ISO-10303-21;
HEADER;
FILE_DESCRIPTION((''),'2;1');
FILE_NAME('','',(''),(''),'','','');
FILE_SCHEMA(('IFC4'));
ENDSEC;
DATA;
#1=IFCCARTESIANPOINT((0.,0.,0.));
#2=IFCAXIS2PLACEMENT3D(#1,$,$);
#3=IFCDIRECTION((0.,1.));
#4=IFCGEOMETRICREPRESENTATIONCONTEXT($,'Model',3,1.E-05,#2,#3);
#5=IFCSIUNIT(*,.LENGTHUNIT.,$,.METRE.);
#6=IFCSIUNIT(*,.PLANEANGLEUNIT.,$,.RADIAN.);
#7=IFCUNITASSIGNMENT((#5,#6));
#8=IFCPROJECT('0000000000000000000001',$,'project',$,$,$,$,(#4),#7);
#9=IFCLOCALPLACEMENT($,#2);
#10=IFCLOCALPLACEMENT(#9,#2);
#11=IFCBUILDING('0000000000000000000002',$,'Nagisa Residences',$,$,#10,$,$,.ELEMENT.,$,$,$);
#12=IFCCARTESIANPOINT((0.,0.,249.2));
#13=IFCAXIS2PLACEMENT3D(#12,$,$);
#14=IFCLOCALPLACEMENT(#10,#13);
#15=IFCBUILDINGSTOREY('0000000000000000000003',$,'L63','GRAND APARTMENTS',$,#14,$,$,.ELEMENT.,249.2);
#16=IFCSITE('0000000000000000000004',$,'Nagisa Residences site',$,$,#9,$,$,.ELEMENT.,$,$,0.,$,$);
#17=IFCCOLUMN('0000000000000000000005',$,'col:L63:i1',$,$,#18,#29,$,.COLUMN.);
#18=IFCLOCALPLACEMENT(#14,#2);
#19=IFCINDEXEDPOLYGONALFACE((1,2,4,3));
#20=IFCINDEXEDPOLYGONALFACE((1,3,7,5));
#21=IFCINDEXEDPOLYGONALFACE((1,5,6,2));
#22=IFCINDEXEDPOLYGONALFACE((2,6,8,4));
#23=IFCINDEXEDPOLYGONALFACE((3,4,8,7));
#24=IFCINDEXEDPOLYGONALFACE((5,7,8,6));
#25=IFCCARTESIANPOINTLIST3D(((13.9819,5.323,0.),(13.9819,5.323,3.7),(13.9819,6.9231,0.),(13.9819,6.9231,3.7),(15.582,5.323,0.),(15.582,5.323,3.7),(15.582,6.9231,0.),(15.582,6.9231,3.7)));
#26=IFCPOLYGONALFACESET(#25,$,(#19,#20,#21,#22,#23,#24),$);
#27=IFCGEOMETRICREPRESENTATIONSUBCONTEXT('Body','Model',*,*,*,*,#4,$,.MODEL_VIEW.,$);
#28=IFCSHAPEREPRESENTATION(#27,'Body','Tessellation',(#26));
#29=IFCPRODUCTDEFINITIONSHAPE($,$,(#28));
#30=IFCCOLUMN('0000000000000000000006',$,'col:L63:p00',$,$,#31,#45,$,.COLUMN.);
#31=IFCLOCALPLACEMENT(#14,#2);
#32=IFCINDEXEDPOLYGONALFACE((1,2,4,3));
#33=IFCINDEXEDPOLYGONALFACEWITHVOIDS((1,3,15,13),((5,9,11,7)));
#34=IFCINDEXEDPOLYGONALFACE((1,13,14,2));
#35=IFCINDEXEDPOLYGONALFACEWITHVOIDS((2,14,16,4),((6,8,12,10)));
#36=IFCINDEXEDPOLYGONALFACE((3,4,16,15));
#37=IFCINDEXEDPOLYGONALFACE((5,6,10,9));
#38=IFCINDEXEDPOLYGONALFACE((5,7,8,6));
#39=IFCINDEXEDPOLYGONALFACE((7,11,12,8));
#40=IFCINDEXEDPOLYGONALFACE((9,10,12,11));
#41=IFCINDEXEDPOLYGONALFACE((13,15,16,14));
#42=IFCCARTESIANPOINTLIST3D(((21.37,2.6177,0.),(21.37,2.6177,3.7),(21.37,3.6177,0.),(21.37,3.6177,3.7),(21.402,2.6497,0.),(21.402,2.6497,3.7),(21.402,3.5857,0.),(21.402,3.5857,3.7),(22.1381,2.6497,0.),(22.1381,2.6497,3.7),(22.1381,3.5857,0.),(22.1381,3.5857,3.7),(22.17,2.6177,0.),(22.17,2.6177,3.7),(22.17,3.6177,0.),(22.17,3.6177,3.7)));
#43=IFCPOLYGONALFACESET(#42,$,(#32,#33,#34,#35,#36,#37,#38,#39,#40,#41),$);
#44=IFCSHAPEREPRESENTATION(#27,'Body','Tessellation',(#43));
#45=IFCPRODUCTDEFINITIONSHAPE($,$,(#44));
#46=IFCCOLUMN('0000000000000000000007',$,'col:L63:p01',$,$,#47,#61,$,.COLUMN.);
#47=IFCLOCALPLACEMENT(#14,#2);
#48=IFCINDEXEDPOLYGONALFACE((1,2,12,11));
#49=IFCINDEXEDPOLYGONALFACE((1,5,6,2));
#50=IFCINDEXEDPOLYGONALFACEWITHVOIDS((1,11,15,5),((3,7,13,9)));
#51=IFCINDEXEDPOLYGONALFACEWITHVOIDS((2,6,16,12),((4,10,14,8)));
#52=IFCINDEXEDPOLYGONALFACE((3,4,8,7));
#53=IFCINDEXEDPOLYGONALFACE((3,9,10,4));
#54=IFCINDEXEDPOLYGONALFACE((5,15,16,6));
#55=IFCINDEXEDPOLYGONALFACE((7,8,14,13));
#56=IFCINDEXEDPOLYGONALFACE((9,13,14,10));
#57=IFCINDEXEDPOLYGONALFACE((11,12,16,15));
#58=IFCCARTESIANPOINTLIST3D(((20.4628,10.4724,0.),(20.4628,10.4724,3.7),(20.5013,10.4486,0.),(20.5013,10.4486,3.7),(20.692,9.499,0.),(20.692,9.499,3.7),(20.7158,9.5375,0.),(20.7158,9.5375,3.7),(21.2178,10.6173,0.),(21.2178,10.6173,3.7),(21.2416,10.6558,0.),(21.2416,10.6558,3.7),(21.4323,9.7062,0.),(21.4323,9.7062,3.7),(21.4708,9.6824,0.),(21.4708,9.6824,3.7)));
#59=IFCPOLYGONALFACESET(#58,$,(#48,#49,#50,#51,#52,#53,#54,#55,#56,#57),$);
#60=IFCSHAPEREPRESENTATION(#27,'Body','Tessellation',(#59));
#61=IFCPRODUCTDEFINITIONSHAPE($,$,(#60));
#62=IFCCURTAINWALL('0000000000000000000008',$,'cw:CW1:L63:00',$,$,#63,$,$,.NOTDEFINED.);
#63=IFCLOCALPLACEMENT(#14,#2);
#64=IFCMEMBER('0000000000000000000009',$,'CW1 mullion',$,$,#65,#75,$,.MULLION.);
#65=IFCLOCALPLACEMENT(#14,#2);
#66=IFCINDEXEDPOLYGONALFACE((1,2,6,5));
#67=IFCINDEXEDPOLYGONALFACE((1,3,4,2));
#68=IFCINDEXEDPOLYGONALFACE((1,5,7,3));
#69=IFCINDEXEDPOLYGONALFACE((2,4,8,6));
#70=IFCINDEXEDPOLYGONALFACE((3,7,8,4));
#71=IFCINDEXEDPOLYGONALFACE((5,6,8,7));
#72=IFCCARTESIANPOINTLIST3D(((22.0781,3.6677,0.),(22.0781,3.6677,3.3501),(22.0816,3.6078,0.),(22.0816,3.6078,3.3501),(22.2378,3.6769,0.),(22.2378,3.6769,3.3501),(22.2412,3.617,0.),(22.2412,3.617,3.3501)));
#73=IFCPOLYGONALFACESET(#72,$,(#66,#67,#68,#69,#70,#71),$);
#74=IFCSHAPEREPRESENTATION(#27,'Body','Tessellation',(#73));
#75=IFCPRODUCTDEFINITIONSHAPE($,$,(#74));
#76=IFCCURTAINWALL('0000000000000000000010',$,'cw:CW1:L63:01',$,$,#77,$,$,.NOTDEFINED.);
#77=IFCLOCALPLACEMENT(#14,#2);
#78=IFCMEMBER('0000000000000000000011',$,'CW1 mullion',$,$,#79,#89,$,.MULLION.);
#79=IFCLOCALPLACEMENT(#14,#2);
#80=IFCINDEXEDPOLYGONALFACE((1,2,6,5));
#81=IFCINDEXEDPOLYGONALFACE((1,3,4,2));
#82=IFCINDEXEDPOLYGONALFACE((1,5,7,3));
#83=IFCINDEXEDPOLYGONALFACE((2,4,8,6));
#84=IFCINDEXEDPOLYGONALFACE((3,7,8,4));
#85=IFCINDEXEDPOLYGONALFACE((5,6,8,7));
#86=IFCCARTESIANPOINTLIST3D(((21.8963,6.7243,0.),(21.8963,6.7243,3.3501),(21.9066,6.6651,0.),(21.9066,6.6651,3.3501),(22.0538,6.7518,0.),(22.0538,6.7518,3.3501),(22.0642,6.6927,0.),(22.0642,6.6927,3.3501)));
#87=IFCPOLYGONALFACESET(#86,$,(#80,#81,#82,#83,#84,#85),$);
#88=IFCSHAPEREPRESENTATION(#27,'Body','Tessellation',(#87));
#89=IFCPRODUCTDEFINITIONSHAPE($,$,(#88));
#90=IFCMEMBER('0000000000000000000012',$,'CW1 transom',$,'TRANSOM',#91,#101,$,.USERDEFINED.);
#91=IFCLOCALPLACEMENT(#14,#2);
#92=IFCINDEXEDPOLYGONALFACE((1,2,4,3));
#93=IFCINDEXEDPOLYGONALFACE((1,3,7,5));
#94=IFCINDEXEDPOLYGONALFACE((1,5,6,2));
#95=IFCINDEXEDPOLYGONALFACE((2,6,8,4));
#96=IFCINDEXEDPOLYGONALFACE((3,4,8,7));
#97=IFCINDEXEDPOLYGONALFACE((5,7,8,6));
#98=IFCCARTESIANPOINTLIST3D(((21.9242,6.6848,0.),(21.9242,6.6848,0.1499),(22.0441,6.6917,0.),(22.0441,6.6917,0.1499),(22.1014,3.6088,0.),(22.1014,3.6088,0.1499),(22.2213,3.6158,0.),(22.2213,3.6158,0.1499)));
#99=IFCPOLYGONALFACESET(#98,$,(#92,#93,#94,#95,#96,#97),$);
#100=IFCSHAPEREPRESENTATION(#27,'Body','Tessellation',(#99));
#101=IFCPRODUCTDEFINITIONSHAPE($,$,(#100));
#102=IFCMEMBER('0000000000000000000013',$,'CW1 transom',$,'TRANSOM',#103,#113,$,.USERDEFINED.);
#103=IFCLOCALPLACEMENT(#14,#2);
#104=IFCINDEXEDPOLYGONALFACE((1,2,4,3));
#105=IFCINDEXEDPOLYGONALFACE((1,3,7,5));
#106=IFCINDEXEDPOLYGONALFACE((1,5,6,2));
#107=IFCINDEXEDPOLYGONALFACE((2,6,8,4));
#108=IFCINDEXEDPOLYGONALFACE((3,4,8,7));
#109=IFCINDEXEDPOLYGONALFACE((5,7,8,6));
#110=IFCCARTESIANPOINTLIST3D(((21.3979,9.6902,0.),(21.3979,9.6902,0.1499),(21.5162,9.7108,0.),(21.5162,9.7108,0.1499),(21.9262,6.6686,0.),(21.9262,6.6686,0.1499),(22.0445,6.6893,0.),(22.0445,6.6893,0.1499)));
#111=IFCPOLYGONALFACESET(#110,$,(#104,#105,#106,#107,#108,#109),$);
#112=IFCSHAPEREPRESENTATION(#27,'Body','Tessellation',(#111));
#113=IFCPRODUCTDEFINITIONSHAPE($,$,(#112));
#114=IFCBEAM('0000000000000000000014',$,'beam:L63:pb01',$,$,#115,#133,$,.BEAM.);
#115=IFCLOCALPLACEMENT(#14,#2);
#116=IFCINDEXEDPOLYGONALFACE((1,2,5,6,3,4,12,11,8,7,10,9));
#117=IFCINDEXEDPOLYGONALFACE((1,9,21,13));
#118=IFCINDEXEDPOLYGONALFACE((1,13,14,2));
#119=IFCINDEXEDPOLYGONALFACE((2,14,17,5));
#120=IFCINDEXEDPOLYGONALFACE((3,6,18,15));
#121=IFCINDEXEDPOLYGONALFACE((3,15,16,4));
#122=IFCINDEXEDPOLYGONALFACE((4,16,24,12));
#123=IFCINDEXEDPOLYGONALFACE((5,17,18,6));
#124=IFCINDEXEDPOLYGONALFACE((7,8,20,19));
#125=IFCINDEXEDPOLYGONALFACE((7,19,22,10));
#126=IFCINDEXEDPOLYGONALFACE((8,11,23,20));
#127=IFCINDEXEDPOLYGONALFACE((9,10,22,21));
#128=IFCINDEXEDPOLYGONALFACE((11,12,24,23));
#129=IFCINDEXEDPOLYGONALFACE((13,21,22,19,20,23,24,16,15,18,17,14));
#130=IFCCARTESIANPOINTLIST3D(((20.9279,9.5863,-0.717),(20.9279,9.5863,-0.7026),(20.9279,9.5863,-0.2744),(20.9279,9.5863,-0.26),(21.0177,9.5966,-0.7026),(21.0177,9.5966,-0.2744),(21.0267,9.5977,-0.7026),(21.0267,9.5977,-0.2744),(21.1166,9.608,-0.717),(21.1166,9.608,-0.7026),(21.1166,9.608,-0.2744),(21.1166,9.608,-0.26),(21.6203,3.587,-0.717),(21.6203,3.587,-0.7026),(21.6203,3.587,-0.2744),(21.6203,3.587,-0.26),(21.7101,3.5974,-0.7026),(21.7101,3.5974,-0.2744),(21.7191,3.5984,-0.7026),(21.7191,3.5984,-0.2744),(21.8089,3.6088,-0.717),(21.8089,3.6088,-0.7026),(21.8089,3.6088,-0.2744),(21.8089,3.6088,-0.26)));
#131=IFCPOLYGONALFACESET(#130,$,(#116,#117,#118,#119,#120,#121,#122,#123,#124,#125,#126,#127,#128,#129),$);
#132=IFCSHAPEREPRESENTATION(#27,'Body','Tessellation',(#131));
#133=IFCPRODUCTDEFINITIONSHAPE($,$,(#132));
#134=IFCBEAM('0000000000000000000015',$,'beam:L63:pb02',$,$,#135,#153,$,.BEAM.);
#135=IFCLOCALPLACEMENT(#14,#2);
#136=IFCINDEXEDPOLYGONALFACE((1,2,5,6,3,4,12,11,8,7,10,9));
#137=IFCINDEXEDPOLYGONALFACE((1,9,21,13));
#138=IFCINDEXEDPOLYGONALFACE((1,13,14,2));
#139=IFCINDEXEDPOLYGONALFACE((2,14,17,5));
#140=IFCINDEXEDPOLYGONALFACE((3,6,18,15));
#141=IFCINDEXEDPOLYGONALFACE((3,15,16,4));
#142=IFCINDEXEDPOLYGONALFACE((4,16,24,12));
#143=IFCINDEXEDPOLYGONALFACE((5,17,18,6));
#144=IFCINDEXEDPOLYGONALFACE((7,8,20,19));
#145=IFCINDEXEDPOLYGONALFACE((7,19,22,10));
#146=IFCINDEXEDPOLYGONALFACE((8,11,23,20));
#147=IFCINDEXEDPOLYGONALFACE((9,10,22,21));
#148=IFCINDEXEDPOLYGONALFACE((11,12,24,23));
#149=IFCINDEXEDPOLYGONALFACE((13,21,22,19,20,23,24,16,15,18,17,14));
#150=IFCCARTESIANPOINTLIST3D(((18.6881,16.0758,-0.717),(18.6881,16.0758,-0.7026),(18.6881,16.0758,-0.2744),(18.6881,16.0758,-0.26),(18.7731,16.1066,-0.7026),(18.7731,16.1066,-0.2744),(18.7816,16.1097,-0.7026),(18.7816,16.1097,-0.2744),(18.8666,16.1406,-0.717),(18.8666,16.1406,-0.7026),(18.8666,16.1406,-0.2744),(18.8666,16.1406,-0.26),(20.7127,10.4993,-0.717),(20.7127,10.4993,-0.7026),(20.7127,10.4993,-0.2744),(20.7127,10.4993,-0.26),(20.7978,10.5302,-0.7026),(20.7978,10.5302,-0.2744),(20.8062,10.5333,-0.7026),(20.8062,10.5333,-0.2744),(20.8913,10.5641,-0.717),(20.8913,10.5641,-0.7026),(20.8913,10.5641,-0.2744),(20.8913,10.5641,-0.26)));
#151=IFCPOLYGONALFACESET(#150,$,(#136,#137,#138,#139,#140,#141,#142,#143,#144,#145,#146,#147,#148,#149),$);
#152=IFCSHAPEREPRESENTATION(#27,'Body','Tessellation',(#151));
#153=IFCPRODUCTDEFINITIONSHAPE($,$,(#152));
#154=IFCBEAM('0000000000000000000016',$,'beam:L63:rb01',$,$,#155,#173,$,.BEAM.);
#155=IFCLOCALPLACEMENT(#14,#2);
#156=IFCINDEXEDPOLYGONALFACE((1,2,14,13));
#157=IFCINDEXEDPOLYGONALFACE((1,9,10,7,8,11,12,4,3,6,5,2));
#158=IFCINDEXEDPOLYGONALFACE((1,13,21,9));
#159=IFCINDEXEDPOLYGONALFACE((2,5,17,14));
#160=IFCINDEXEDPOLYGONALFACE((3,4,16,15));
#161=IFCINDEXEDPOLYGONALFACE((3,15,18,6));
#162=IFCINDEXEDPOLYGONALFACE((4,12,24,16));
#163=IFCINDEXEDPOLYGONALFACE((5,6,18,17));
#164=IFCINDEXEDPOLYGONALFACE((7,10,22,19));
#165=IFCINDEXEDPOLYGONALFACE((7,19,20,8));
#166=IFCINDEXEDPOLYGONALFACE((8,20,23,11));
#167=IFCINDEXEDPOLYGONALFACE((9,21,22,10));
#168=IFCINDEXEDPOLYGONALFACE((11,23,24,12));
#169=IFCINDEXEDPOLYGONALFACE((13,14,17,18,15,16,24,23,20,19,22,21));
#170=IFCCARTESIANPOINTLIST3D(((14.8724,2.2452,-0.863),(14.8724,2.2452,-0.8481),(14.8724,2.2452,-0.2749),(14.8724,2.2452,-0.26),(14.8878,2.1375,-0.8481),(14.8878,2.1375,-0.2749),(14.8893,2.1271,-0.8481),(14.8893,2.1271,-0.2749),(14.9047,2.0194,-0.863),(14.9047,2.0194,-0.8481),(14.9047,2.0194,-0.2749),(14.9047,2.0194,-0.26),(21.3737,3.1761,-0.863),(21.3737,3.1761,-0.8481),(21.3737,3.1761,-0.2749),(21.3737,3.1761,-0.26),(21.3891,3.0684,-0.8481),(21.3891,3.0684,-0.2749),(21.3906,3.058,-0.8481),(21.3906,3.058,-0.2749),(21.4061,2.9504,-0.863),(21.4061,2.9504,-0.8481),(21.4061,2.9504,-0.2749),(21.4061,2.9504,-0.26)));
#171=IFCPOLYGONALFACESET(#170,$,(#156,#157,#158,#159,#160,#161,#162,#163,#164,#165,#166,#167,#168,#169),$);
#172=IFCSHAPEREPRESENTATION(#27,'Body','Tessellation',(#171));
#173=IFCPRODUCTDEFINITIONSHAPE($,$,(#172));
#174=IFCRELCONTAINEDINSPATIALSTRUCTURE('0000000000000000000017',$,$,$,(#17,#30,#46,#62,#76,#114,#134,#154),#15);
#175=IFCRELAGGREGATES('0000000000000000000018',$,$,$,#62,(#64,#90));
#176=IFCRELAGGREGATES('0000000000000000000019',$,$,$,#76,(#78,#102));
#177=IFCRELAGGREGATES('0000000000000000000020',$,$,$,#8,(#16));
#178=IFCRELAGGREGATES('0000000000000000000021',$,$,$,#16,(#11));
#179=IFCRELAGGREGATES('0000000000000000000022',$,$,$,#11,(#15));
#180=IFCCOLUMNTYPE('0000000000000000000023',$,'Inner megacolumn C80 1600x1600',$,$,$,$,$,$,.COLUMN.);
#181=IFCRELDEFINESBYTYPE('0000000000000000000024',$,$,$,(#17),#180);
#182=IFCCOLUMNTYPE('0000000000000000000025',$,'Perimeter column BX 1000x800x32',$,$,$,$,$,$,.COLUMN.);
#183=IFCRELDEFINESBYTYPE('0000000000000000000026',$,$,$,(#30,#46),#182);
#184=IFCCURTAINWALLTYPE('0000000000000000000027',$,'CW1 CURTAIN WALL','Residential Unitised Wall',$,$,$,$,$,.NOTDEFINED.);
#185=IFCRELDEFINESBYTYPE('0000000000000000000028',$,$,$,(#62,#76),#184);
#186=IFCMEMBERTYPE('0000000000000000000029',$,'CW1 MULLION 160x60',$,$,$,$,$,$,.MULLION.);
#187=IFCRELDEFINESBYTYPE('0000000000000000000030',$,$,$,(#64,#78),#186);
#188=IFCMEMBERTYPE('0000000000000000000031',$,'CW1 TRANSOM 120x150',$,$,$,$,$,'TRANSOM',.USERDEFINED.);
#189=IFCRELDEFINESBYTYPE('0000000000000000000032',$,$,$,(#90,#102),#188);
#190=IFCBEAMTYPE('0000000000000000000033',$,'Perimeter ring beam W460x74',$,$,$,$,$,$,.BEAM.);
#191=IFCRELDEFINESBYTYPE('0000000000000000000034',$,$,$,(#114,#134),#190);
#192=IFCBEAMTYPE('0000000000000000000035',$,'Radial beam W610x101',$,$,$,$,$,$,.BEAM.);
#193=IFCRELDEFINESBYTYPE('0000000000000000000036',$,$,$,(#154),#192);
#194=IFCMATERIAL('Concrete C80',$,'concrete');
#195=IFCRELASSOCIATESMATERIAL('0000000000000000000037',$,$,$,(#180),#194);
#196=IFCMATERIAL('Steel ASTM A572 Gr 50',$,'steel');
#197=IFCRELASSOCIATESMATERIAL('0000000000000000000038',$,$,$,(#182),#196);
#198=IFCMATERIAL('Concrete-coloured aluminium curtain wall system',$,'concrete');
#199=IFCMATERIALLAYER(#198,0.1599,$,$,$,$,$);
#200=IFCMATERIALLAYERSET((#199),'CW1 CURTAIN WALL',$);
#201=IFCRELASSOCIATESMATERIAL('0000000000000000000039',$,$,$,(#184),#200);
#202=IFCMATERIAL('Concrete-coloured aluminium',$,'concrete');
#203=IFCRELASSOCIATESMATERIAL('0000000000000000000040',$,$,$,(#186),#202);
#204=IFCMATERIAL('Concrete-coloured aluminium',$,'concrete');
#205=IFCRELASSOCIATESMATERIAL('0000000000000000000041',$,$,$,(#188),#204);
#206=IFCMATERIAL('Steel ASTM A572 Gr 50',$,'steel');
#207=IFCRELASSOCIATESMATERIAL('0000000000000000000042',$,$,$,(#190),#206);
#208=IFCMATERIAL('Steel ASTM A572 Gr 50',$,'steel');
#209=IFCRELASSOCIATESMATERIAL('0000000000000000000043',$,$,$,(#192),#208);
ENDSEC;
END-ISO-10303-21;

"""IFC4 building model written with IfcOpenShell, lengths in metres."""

from ifc_helpers import new_model, si_unit, direction, frame, origin, origin_2d, place, context, subcontext, project, spatial, rectangle, hollow_rectangle, i_section, extrude, material, layer, layer_set, material_profile, profile_set, type_object, element, aggregate, save


model = new_model("IFC4")

# Units and contexts
model_context = context("Model", 3, precision=1e-05, world=origin(), true_north=direction((0.0, 1.0)))
body_context = subcontext(model_context, "Body", "Model", "MODEL_VIEW")
ifc_project = project(units=[si_unit("LENGTHUNIT", "METRE"), si_unit("PLANEANGLEUNIT", "RADIAN")], contexts=[model_context])

# Site, building, storey
site_placement = place(None, origin())
site = spatial("IfcSite", under=ifc_project, at=site_placement, Name="Nagisa Residences site", CompositionType="ELEMENT", RefElevation=0.0)
building_placement = place(site_placement, origin())
building = spatial("IfcBuilding", under=site, at=building_placement, Name="Nagisa Residences", CompositionType="ELEMENT")
storey_placement = place(building_placement, frame((0.0, 0.0, 249.2)))
storey = spatial("IfcBuildingStorey", under=building, at=storey_placement, Name="L63", Description="GRAND APARTMENTS", CompositionType="ELEMENT", Elevation=249.2)

# Columns
ifc_material_1 = material(Name="Concrete C80", Category="concrete")
ifc_material_profile_1 = material_profile(ifc_material_1, rectangle(XDim=1.6001, YDim=1.6001, at=origin_2d()), Name="C80 1600x1600")
ifc_profile_set_1 = profile_set([ifc_material_profile_1], Name="Concrete C80")
column_type_1 = type_object("IfcColumnType", Name="Inner megacolumn C80 1600x1600", PredefinedType="COLUMN", material=ifc_profile_set_1)
column_placement = place(storey_placement, frame((14.782, 6.123, 0.0), z_axis=(0.0, 0.0, 1.0), x_axis=(1.0, 0.0, 0.0)))
element("IfcColumn", 1, at=column_placement, inside=storey, type_object=column_type_1, Name="col:L63:i1", PredefinedType="COLUMN", context=body_context, shape_type="SweptSolid", body=[
    extrude(rectangle(XDim=1.6001, YDim=1.6001, at=origin_2d()), origin(), (0.0, 0.0, 1.0), 3.7),
])
ifc_material_2 = material(Name="Steel ASTM A572 Gr 50", Category="steel")
ifc_material_profile_2 = material_profile(ifc_material_2, hollow_rectangle(XDim=1.0, YDim=0.8, WallThickness=0.032, at=origin_2d()), Name="BX 1000x800x32")
ifc_profile_set_2 = profile_set([ifc_material_profile_2], Name="Steel ASTM A572 Gr 50")
column_type_2 = type_object("IfcColumnType", Name="Perimeter column BX 1000x800x32", PredefinedType="COLUMN", material=ifc_profile_set_2)
for number, where, z_axis, x_axis, name in (
    (2, (21.77, 3.1177, 0.0), (0.0, 0.0, 1.0), (0.0, 1.0, 0.0), "col:L63:p00"),
    (3, (20.9668, 10.0774, 0.0), (0.0, 0.0, 1.0), (-0.229202, 0.973379, 0.0), "col:L63:p01"),
):
    element("IfcColumn", number, at=place(storey_placement, frame(where, z_axis=z_axis, x_axis=x_axis)), inside=storey, type_object=column_type_2, Name=name, PredefinedType="COLUMN", context=body_context, shape_type="SweptSolid", body=[
        extrude(hollow_rectangle(XDim=1.0, YDim=0.8, WallThickness=0.032, at=origin_2d()), origin(), (0.0, 0.0, 1.0), 3.7),
    ])

# Curtain walls, members
ifc_material_3 = material(Name="Concrete-coloured aluminium curtain wall system", Category="concrete")
ifc_layer_1 = layer(ifc_material_3, 0.1599)
ifc_layer_set_1 = layer_set([ifc_layer_1], Name="CW1 CURTAIN WALL")
curtain_wall_type = type_object("IfcCurtainWallType", Name="CW1 CURTAIN WALL", Description="Residential Unitised Wall", PredefinedType="NOTDEFINED", material=ifc_layer_set_1)
curtain_wall_1_placement = place(storey_placement, origin())
curtain_wall_1 = element("IfcCurtainWall", 4, at=curtain_wall_1_placement, inside=storey, type_object=curtain_wall_type, Name="cw:CW1:L63:00", PredefinedType="NOTDEFINED")
ifc_material_4 = material(Name="Concrete-coloured aluminium", Category="concrete")
ifc_material_profile_3 = material_profile(ifc_material_4, rectangle(XDim=0.1599, YDim=0.0601, at=origin_2d()), Name="CW1 MULLION 160x60")
ifc_profile_set_3 = profile_set([ifc_material_profile_3], Name="Concrete-coloured aluminium")
member_type_1 = type_object("IfcMemberType", Name="CW1 MULLION 160x60", PredefinedType="MULLION", material=ifc_profile_set_3)
member_1_placement = place(storey_placement, frame((22.1597, 3.6423, 0.0), z_axis=(0.0, 0.0, 1.0), x_axis=(-0.998345, -0.057503, 0.0)))
member_1 = element("IfcMember", 5, at=member_1_placement, type_object=member_type_1, Name="CW1 mullion", PredefinedType="MULLION", context=body_context, shape_type="SweptSolid", body=[
    extrude(rectangle(XDim=0.1599, YDim=0.0601, at=origin_2d()), origin(), (0.0, 0.0, 1.0), 3.3501),
])
curtain_wall_2_placement = place(storey_placement, origin())
curtain_wall_2 = element("IfcCurtainWall", 6, at=curtain_wall_2_placement, inside=storey, type_object=curtain_wall_type, Name="cw:CW1:L63:01", PredefinedType="NOTDEFINED")
member_2_placement = place(storey_placement, frame((21.9802, 6.7085, 0.0), z_axis=(0.0, 0.0, 1.0), x_axis=(-0.985064, -0.172191, 0.0)))
member_2 = element("IfcMember", 7, at=member_2_placement, type_object=member_type_1, Name="CW1 mullion", PredefinedType="MULLION", context=body_context, shape_type="SweptSolid", body=[
    extrude(rectangle(XDim=0.1599, YDim=0.0601, at=origin_2d()), origin(), (0.0, 0.0, 1.0), 3.3501),
])

# Members
ifc_material_5 = material(Name="Concrete-coloured aluminium", Category="concrete")
ifc_material_profile_4 = material_profile(ifc_material_5, rectangle(XDim=0.1201, YDim=0.1499, at=origin_2d()), Name="CW1 TRANSOM 120x150")
ifc_profile_set_4 = profile_set([ifc_material_profile_4], Name="Concrete-coloured aluminium")
member_type_2 = type_object("IfcMemberType", Name="CW1 TRANSOM 120x150", ElementType="TRANSOM", PredefinedType="USERDEFINED", material=ifc_profile_set_4)
member_3_placement = place(storey_placement, frame((22.1614, 3.6123, 0.075), z_axis=(-0.057528, 0.998344, 0.0), x_axis=(-0.998344, -0.057528, 0.0)))
member_3 = element("IfcMember", 8, at=member_3_placement, type_object=member_type_2, Name="CW1 transom", ObjectType="TRANSOM", PredefinedType="USERDEFINED", context=body_context, shape_type="SweptSolid", body=[
    extrude(rectangle(XDim=0.1201, YDim=0.1499, at=origin_2d()), origin(), (0.0, 0.0, 1.0), 3.0811),
])
member_4_placement = place(storey_placement, frame((21.9854, 6.679, 0.075), z_axis=(-0.172241, 0.985055, 0.0), x_axis=(-0.985055, -0.172241, 0.0)))
member_4 = element("IfcMember", 9, at=member_4_placement, type_object=member_type_2, Name="CW1 transom", ObjectType="TRANSOM", PredefinedType="USERDEFINED", context=body_context, shape_type="SweptSolid", body=[
    extrude(rectangle(XDim=0.1201, YDim=0.1499, at=origin_2d()), origin(), (0.0, 0.0, 1.0), 3.0674),
])

# Beams
ifc_material_6 = material(Name="Steel ASTM A572 Gr 50", Category="steel")
ifc_material_profile_5 = material_profile(ifc_material_6, i_section(OverallWidth=0.1899, OverallDepth=0.457, WebThickness=0.009, FlangeThickness=0.0144, at=origin_2d()), Name="W460x74")
ifc_profile_set_5 = profile_set([ifc_material_profile_5], Name="Steel ASTM A572 Gr 50")
beam_type_1 = type_object("IfcBeamType", Name="Perimeter ring beam W460x74", PredefinedType="BEAM", material=ifc_profile_set_5)
beam_1_placement = place(storey_placement, frame((21.7146, 3.5979, -0.4885), z_axis=(-0.11465, 0.993406, 0.0), x_axis=(-0.993406, -0.11465, 0.0)))
element("IfcBeam", 10, at=beam_1_placement, inside=storey, type_object=beam_type_1, Name="beam:L63:pb01", PredefinedType="BEAM", context=body_context, shape_type="SweptSolid", body=[
    extrude(i_section(OverallWidth=0.1899, OverallDepth=0.457, WebThickness=0.009, FlangeThickness=0.0144, at=origin_2d()), origin(), (0.0, 0.0, 1.0), 6.0391),
])
beam_2_placement = place(storey_placement, frame((20.802, 10.5317, -0.4885), z_axis=(-0.341277, 0.939963, 0.0), x_axis=(-0.939963, -0.341277, 0.0)))
element("IfcBeam", 11, at=beam_2_placement, inside=storey, type_object=beam_type_1, Name="beam:L63:pb02", PredefinedType="BEAM", context=body_context, shape_type="SweptSolid", body=[
    extrude(i_section(OverallWidth=0.1899, OverallDepth=0.457, WebThickness=0.009, FlangeThickness=0.0144, at=origin_2d()), origin(), (0.0, 0.0, 1.0), 5.9326),
])
ifc_material_7 = material(Name="Steel ASTM A572 Gr 50", Category="steel")
ifc_material_profile_6 = material_profile(ifc_material_7, i_section(OverallWidth=0.228, OverallDepth=0.603, WebThickness=0.0105, FlangeThickness=0.0149, at=origin_2d()), Name="W610x101")
ifc_profile_set_6 = profile_set([ifc_material_profile_6], Name="Steel ASTM A572 Gr 50")
beam_type_2 = type_object("IfcBeamType", Name="Radial beam W610x101", PredefinedType="BEAM", material=ifc_profile_set_6)
beam_3_placement = place(storey_placement, frame((21.3899, 3.0632, -0.5615), z_axis=(-0.989903, -0.141744, 0.0), x_axis=(0.141744, -0.989903, 0.0)))
element("IfcBeam", 12, at=beam_3_placement, inside=storey, type_object=beam_type_2, Name="beam:L63:rb01", PredefinedType="BEAM", context=body_context, shape_type="SweptSolid", body=[
    extrude(i_section(OverallWidth=0.228, OverallDepth=0.603, WebThickness=0.0105, FlangeThickness=0.0149, at=origin_2d()), origin(), (0.0, 0.0, 1.0), 6.5676),
])

aggregate(curtain_wall_1, [member_1, member_3])
aggregate(curtain_wall_2, [member_2, member_4])

save(model, "model.ifc")
